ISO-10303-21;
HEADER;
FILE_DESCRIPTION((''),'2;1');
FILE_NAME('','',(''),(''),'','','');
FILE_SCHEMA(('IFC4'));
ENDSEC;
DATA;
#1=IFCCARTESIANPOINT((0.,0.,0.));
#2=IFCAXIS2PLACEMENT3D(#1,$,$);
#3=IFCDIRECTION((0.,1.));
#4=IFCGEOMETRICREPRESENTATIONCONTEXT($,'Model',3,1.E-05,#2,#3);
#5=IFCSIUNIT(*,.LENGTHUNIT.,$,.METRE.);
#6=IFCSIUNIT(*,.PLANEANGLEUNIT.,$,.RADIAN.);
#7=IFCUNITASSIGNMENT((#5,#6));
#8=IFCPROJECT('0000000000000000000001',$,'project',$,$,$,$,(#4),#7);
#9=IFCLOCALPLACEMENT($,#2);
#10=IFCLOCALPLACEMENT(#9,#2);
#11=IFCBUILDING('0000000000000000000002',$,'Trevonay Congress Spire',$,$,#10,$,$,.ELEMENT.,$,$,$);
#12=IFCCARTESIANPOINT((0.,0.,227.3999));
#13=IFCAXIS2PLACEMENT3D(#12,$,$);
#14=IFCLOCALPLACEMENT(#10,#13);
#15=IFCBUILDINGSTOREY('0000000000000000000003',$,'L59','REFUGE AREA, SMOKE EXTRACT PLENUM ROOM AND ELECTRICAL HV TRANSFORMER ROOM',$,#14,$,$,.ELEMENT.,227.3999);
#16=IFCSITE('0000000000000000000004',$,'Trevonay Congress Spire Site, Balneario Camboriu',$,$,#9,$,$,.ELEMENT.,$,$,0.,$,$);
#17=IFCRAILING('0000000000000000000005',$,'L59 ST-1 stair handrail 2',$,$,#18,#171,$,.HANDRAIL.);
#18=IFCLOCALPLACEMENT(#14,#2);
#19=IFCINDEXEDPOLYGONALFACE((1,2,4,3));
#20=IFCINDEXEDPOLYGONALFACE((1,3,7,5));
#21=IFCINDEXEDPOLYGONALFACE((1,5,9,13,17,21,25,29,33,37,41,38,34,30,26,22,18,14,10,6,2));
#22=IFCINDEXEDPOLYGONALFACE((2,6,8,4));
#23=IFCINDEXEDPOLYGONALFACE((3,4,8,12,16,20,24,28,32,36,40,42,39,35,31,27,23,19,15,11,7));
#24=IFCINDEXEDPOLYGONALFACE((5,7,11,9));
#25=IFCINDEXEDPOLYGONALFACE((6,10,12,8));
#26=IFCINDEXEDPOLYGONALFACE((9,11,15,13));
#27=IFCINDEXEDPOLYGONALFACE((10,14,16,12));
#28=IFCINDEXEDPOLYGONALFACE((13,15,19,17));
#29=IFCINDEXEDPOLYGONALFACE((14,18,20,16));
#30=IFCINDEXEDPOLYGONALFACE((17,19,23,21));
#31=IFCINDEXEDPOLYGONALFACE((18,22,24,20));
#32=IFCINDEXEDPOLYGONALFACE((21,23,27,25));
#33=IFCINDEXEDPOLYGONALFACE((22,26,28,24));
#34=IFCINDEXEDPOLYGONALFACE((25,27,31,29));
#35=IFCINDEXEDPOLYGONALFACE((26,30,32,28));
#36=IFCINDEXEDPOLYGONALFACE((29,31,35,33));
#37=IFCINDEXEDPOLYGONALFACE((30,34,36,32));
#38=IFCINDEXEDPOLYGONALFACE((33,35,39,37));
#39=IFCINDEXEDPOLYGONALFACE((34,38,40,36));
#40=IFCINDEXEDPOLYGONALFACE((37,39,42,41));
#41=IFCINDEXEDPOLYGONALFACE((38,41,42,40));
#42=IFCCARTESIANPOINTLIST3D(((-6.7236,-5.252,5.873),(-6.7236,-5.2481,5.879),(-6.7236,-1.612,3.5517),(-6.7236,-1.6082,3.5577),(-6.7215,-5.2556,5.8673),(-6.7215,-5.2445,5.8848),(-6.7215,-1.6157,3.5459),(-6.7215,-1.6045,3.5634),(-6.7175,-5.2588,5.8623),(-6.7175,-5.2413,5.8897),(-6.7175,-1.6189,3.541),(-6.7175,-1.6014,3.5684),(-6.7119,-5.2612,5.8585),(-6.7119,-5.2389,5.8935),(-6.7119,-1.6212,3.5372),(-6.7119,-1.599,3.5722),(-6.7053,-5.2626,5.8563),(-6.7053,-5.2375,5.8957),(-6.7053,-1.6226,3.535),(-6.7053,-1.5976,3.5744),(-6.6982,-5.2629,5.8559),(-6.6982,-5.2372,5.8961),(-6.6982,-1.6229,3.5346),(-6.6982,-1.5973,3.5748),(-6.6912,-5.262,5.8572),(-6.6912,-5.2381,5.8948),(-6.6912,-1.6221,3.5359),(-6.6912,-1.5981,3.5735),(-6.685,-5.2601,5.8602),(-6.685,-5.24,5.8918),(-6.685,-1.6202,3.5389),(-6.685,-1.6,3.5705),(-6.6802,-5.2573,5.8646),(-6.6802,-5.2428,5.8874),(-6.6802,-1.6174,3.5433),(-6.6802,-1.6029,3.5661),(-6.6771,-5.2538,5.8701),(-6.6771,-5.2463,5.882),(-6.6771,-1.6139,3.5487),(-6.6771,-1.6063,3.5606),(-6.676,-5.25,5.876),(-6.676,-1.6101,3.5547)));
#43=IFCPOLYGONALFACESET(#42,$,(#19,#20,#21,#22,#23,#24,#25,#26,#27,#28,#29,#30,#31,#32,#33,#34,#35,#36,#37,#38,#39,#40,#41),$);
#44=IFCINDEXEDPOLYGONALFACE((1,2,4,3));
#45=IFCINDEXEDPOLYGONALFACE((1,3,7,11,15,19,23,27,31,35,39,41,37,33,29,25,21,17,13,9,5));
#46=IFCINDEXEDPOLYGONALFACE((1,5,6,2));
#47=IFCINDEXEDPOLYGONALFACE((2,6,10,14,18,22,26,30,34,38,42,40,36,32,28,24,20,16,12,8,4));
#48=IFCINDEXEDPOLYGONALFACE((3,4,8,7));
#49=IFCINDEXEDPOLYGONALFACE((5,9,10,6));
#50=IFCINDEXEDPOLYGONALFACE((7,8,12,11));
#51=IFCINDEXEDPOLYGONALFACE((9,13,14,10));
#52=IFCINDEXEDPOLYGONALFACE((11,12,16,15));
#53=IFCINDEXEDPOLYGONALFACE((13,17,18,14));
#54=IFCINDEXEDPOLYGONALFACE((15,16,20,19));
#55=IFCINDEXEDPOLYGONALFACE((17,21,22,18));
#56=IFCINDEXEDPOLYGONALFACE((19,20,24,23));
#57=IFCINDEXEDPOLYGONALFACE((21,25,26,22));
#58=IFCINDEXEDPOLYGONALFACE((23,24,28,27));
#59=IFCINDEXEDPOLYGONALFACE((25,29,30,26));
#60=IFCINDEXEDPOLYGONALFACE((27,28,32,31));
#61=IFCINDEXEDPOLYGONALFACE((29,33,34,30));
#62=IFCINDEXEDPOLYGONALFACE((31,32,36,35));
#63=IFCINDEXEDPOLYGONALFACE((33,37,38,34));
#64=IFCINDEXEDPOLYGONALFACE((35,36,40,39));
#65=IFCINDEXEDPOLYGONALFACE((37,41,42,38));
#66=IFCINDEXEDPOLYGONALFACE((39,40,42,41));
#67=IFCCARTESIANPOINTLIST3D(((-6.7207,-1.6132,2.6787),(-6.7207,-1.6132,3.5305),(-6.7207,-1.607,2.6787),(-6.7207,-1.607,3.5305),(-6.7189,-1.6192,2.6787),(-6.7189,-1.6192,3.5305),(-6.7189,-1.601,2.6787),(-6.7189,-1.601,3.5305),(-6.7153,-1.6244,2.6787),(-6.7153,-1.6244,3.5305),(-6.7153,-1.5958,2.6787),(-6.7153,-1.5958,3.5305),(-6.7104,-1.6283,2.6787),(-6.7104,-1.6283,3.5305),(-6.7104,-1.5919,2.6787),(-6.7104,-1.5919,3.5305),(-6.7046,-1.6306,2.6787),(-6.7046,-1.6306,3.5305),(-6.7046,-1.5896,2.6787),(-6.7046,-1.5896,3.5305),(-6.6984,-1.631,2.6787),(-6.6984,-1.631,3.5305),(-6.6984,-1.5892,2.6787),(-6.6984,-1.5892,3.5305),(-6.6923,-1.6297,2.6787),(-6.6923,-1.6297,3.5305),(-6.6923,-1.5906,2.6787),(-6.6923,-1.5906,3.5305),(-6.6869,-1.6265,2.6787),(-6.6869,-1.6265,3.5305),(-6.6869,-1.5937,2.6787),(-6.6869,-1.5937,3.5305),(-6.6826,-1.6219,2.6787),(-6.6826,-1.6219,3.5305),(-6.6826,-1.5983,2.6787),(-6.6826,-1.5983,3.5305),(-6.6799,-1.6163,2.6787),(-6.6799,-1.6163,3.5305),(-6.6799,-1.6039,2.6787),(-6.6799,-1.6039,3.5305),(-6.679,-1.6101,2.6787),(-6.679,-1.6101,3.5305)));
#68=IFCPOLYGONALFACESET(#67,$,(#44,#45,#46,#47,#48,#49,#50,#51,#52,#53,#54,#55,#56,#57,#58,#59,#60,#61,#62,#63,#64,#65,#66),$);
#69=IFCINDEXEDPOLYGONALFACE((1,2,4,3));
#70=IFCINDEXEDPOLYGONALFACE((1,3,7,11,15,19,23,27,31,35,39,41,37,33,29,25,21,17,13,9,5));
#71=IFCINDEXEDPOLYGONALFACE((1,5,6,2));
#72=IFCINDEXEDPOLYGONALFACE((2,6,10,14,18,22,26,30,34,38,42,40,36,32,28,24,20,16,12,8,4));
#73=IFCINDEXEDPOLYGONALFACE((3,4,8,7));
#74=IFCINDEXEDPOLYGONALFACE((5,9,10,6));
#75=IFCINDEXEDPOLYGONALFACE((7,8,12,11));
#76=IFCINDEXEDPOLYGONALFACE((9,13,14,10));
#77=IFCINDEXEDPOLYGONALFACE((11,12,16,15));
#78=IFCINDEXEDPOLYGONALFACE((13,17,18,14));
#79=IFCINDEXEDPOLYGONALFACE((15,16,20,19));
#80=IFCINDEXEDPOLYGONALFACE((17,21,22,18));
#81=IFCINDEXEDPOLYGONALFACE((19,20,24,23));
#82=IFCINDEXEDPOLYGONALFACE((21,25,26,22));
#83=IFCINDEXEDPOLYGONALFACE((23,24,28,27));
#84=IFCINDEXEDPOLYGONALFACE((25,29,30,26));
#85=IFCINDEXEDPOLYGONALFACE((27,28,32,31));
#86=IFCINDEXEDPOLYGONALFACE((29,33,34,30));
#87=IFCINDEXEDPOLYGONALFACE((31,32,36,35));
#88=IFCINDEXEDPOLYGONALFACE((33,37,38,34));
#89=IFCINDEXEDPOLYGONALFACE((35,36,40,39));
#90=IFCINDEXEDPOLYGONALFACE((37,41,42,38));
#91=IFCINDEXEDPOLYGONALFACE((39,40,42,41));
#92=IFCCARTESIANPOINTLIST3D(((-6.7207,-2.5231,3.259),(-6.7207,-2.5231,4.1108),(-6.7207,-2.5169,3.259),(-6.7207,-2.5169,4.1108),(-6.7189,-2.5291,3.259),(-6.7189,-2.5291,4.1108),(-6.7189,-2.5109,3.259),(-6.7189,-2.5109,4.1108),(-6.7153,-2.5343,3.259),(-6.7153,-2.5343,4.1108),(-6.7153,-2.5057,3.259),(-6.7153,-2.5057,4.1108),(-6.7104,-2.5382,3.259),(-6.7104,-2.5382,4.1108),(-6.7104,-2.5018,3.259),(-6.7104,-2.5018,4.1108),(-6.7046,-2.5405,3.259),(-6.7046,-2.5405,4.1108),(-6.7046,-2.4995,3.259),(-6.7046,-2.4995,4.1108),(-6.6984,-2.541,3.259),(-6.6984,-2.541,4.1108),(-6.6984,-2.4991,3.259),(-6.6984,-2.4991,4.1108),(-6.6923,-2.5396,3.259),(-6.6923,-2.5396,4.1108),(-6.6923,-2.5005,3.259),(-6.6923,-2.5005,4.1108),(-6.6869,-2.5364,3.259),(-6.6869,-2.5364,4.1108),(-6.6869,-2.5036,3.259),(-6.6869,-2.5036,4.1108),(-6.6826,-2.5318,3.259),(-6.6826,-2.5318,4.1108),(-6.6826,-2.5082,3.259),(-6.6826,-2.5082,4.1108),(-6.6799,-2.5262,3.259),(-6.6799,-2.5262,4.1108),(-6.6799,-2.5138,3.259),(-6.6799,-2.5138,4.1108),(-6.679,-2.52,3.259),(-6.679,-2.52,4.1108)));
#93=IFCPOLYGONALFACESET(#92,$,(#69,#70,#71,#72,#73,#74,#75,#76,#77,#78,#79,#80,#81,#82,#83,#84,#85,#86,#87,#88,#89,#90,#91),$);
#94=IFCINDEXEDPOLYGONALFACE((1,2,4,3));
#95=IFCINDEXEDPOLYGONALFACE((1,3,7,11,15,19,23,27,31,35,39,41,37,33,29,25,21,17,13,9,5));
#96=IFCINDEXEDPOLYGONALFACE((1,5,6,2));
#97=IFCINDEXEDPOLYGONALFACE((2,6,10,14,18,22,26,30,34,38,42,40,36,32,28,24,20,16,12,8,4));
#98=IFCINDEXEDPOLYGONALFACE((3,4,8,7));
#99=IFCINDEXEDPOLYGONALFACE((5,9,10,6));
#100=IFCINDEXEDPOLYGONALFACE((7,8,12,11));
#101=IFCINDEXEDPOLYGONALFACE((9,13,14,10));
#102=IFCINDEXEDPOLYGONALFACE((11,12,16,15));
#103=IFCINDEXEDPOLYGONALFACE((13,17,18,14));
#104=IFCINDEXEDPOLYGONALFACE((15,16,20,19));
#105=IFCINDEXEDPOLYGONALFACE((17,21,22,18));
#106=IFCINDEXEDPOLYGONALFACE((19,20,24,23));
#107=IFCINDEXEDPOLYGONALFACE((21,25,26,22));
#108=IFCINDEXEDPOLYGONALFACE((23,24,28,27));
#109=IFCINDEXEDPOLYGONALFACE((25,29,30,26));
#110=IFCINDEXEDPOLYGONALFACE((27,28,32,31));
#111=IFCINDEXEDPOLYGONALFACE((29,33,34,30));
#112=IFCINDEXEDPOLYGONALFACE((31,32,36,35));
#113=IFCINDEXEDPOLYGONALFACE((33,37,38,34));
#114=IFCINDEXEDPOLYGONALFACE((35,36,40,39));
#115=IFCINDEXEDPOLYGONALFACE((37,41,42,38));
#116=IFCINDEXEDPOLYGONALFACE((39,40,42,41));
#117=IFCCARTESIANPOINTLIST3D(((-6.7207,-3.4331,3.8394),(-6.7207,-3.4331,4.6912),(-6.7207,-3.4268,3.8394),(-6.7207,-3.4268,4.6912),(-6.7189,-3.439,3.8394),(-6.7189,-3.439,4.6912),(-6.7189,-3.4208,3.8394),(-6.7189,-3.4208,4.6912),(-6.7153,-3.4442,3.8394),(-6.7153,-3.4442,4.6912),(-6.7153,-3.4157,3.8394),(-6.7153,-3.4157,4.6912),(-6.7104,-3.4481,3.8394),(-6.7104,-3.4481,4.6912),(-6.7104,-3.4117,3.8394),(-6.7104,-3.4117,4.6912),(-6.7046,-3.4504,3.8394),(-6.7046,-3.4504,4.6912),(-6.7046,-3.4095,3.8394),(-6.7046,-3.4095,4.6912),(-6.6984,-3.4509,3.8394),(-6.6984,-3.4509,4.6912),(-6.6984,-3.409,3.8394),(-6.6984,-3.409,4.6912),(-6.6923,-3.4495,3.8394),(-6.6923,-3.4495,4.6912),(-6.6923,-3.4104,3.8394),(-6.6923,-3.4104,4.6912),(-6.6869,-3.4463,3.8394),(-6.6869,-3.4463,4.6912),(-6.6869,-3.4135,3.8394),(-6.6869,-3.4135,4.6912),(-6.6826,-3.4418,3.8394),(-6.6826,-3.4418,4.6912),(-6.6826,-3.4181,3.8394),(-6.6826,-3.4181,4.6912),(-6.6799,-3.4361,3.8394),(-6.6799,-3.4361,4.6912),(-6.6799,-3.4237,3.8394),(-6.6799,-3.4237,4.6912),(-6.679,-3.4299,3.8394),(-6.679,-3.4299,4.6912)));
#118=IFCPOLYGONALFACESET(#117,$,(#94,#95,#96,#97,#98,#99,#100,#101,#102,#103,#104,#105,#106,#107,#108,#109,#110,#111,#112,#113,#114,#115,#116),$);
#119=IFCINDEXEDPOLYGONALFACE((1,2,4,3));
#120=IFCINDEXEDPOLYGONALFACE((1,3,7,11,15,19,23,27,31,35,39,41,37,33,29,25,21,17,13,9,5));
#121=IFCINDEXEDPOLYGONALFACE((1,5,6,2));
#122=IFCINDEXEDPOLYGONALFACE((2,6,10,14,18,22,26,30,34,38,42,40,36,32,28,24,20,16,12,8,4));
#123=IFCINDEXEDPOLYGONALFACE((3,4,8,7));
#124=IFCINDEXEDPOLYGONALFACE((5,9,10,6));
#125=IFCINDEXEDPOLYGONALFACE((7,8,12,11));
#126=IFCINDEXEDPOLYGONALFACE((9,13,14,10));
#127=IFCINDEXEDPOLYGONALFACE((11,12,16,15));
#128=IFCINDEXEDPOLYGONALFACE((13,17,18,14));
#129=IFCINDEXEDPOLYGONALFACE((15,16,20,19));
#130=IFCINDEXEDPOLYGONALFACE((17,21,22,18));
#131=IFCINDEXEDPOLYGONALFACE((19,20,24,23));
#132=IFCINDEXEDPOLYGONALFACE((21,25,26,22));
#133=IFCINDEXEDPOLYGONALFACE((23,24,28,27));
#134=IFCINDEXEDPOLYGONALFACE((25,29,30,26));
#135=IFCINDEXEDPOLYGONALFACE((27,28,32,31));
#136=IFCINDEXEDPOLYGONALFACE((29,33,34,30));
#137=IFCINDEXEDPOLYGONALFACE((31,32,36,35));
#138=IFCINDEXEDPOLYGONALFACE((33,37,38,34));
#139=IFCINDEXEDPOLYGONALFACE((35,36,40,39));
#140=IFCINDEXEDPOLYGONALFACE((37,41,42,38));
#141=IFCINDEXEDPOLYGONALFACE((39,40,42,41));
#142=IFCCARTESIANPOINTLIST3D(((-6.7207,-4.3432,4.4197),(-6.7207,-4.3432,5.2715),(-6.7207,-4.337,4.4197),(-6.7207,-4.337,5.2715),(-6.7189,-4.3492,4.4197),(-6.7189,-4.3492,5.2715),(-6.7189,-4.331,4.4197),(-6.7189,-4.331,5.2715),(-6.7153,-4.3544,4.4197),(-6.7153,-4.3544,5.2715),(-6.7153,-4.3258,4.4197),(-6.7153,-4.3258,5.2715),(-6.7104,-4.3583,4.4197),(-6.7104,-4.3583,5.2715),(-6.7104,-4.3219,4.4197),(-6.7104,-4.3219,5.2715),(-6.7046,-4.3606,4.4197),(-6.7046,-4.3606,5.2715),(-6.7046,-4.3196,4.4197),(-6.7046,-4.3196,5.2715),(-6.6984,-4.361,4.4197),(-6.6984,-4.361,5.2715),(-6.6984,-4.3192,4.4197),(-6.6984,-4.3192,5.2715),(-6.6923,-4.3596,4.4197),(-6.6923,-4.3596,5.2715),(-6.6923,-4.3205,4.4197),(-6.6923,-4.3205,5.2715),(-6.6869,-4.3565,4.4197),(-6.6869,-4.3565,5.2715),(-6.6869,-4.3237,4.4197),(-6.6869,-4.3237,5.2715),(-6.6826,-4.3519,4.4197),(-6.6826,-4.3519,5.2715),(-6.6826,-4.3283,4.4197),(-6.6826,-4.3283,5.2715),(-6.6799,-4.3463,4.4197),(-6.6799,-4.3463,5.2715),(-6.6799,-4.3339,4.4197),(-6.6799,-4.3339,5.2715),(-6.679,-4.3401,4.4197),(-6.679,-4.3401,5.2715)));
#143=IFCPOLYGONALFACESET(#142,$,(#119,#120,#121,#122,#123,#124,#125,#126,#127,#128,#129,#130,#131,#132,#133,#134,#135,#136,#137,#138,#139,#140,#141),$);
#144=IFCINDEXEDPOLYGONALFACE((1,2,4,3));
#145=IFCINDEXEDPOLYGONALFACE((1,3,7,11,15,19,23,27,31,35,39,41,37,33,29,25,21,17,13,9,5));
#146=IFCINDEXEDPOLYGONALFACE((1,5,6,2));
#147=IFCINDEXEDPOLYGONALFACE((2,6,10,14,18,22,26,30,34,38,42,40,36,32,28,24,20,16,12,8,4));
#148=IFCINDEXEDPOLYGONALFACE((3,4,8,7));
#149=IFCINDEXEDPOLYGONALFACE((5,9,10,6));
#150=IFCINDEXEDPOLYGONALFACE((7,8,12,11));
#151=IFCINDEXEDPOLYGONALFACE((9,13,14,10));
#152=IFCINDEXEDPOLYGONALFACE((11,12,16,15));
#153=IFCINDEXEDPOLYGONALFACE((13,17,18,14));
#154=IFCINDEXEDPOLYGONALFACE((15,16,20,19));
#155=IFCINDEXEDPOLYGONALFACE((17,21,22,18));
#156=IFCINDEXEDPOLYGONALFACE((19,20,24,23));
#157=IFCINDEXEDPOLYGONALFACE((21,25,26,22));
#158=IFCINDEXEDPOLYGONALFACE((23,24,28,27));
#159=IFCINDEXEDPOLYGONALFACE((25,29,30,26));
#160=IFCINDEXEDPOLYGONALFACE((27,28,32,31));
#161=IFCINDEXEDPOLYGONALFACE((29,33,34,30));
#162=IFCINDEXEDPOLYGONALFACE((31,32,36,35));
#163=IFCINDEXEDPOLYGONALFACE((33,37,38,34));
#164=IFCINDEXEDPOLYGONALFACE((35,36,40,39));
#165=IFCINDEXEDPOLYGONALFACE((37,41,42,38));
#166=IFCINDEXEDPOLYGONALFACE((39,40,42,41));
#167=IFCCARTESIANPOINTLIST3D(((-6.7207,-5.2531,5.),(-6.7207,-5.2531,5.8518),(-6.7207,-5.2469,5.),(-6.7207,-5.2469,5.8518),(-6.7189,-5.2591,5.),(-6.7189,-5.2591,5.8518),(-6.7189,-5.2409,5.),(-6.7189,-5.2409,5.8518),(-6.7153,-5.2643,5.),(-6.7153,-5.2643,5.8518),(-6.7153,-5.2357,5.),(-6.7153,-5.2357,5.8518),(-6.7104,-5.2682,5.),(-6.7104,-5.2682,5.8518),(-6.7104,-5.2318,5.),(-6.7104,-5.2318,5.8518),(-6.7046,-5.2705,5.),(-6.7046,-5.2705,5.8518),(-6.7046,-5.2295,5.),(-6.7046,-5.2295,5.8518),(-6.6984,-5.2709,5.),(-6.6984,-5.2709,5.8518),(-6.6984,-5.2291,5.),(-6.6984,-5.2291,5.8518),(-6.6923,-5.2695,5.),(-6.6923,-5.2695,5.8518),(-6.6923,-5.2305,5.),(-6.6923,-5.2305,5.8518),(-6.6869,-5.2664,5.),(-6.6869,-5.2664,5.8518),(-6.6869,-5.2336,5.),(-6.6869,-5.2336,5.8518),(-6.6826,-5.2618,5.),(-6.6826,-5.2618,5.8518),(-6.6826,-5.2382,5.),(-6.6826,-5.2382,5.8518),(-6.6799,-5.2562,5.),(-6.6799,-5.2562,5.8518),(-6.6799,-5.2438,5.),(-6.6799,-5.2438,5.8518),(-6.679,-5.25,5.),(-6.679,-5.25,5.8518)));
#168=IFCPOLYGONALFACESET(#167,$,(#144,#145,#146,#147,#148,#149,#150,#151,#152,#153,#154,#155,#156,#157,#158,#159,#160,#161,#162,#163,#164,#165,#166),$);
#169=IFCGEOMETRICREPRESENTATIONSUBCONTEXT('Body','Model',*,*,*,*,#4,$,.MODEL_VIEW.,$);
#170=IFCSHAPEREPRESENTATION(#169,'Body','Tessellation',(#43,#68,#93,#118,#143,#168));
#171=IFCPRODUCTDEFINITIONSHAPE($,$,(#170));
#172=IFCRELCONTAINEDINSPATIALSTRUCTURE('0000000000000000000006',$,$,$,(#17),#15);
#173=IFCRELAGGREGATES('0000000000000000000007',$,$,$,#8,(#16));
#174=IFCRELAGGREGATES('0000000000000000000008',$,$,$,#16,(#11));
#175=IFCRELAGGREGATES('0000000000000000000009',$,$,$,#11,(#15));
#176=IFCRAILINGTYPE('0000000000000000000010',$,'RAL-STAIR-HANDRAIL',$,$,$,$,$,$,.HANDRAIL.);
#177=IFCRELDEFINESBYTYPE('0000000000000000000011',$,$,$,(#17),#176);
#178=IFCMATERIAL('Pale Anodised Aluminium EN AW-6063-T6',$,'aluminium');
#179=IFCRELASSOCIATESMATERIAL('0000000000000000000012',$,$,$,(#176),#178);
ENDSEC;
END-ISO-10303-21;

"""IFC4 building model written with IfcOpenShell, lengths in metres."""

from ifc_helpers import new_model, si_unit, direction, frame, origin, origin_2d, place, context, subcontext, project, spatial, circle, extrude, material, type_object, element, save


model = new_model("IFC4")

# Units and contexts
model_context = context("Model", 3, precision=1e-05, world=origin(), true_north=direction((0.0, 1.0)))
body_context = subcontext(model_context, "Body", "Model", "MODEL_VIEW")
ifc_project = project(units=[si_unit("LENGTHUNIT", "METRE"), si_unit("PLANEANGLEUNIT", "RADIAN")], contexts=[model_context])

# Site, building, storey
site_placement = place(None, origin())
site = spatial("IfcSite", under=ifc_project, at=site_placement, Name="Trevonay Congress Spire Site, Balneario Camboriu", CompositionType="ELEMENT", RefElevation=0.0)
building_placement = place(site_placement, origin())
building = spatial("IfcBuilding", under=site, at=building_placement, Name="Trevonay Congress Spire", CompositionType="ELEMENT")
storey_placement = place(building_placement, frame((0.0, 0.0, 227.3999)))
storey = spatial("IfcBuildingStorey", under=building, at=storey_placement, Name="L59", Description="REFUGE AREA, SMOKE EXTRACT PLENUM ROOM AND ELECTRICAL HV TRANSFORMER ROOM", CompositionType="ELEMENT", Elevation=227.3999)

# Railing
ifc_material_1 = material(Name="Pale Anodised Aluminium EN AW-6063-T6", Category="aluminium")
railing_type_1 = type_object("IfcRailingType", Name="RAL-STAIR-HANDRAIL", PredefinedType="HANDRAIL", material=ifc_material_1)
railing_1_placement = place(storey_placement, frame((-6.7, -1.6101, 2.6787)))
element("IfcRailing", 1, at=railing_1_placement, inside=storey, type_object=railing_type_1, Name="L59 ST-1 stair handrail 2", PredefinedType="HANDRAIL", context=body_context, shape_type="SweptSolid", body=[
    extrude(circle(Radius=0.0239, at=origin_2d()), frame((0.0, 0.0, 0.876), z_axis=(0.0, -0.843137, 0.537699), x_axis=(1.0, 0.0, 0.0)), (0.0, 0.0, 1.0), 4.3171),
    extrude(circle(Radius=0.021, at=origin_2d()), origin(), (0.0, 0.0, 1.0), 0.8518),
    extrude(circle(Radius=0.021, at=origin_2d()), frame((0.0, -0.9099, 0.5803)), (0.0, 0.0, 1.0), 0.8518),
    extrude(circle(Radius=0.021, at=origin_2d()), frame((0.0, -1.8198, 1.1606)), (0.0, 0.0, 1.0), 0.8518),
    extrude(circle(Radius=0.021, at=origin_2d()), frame((0.0, -2.73, 1.741)), (0.0, 0.0, 1.0), 0.8518),
    extrude(circle(Radius=0.021, at=origin_2d()), frame((0.0, -3.6399, 2.3213)), (0.0, 0.0, 1.0), 0.8518),
])

save(model, "model.ifc")
